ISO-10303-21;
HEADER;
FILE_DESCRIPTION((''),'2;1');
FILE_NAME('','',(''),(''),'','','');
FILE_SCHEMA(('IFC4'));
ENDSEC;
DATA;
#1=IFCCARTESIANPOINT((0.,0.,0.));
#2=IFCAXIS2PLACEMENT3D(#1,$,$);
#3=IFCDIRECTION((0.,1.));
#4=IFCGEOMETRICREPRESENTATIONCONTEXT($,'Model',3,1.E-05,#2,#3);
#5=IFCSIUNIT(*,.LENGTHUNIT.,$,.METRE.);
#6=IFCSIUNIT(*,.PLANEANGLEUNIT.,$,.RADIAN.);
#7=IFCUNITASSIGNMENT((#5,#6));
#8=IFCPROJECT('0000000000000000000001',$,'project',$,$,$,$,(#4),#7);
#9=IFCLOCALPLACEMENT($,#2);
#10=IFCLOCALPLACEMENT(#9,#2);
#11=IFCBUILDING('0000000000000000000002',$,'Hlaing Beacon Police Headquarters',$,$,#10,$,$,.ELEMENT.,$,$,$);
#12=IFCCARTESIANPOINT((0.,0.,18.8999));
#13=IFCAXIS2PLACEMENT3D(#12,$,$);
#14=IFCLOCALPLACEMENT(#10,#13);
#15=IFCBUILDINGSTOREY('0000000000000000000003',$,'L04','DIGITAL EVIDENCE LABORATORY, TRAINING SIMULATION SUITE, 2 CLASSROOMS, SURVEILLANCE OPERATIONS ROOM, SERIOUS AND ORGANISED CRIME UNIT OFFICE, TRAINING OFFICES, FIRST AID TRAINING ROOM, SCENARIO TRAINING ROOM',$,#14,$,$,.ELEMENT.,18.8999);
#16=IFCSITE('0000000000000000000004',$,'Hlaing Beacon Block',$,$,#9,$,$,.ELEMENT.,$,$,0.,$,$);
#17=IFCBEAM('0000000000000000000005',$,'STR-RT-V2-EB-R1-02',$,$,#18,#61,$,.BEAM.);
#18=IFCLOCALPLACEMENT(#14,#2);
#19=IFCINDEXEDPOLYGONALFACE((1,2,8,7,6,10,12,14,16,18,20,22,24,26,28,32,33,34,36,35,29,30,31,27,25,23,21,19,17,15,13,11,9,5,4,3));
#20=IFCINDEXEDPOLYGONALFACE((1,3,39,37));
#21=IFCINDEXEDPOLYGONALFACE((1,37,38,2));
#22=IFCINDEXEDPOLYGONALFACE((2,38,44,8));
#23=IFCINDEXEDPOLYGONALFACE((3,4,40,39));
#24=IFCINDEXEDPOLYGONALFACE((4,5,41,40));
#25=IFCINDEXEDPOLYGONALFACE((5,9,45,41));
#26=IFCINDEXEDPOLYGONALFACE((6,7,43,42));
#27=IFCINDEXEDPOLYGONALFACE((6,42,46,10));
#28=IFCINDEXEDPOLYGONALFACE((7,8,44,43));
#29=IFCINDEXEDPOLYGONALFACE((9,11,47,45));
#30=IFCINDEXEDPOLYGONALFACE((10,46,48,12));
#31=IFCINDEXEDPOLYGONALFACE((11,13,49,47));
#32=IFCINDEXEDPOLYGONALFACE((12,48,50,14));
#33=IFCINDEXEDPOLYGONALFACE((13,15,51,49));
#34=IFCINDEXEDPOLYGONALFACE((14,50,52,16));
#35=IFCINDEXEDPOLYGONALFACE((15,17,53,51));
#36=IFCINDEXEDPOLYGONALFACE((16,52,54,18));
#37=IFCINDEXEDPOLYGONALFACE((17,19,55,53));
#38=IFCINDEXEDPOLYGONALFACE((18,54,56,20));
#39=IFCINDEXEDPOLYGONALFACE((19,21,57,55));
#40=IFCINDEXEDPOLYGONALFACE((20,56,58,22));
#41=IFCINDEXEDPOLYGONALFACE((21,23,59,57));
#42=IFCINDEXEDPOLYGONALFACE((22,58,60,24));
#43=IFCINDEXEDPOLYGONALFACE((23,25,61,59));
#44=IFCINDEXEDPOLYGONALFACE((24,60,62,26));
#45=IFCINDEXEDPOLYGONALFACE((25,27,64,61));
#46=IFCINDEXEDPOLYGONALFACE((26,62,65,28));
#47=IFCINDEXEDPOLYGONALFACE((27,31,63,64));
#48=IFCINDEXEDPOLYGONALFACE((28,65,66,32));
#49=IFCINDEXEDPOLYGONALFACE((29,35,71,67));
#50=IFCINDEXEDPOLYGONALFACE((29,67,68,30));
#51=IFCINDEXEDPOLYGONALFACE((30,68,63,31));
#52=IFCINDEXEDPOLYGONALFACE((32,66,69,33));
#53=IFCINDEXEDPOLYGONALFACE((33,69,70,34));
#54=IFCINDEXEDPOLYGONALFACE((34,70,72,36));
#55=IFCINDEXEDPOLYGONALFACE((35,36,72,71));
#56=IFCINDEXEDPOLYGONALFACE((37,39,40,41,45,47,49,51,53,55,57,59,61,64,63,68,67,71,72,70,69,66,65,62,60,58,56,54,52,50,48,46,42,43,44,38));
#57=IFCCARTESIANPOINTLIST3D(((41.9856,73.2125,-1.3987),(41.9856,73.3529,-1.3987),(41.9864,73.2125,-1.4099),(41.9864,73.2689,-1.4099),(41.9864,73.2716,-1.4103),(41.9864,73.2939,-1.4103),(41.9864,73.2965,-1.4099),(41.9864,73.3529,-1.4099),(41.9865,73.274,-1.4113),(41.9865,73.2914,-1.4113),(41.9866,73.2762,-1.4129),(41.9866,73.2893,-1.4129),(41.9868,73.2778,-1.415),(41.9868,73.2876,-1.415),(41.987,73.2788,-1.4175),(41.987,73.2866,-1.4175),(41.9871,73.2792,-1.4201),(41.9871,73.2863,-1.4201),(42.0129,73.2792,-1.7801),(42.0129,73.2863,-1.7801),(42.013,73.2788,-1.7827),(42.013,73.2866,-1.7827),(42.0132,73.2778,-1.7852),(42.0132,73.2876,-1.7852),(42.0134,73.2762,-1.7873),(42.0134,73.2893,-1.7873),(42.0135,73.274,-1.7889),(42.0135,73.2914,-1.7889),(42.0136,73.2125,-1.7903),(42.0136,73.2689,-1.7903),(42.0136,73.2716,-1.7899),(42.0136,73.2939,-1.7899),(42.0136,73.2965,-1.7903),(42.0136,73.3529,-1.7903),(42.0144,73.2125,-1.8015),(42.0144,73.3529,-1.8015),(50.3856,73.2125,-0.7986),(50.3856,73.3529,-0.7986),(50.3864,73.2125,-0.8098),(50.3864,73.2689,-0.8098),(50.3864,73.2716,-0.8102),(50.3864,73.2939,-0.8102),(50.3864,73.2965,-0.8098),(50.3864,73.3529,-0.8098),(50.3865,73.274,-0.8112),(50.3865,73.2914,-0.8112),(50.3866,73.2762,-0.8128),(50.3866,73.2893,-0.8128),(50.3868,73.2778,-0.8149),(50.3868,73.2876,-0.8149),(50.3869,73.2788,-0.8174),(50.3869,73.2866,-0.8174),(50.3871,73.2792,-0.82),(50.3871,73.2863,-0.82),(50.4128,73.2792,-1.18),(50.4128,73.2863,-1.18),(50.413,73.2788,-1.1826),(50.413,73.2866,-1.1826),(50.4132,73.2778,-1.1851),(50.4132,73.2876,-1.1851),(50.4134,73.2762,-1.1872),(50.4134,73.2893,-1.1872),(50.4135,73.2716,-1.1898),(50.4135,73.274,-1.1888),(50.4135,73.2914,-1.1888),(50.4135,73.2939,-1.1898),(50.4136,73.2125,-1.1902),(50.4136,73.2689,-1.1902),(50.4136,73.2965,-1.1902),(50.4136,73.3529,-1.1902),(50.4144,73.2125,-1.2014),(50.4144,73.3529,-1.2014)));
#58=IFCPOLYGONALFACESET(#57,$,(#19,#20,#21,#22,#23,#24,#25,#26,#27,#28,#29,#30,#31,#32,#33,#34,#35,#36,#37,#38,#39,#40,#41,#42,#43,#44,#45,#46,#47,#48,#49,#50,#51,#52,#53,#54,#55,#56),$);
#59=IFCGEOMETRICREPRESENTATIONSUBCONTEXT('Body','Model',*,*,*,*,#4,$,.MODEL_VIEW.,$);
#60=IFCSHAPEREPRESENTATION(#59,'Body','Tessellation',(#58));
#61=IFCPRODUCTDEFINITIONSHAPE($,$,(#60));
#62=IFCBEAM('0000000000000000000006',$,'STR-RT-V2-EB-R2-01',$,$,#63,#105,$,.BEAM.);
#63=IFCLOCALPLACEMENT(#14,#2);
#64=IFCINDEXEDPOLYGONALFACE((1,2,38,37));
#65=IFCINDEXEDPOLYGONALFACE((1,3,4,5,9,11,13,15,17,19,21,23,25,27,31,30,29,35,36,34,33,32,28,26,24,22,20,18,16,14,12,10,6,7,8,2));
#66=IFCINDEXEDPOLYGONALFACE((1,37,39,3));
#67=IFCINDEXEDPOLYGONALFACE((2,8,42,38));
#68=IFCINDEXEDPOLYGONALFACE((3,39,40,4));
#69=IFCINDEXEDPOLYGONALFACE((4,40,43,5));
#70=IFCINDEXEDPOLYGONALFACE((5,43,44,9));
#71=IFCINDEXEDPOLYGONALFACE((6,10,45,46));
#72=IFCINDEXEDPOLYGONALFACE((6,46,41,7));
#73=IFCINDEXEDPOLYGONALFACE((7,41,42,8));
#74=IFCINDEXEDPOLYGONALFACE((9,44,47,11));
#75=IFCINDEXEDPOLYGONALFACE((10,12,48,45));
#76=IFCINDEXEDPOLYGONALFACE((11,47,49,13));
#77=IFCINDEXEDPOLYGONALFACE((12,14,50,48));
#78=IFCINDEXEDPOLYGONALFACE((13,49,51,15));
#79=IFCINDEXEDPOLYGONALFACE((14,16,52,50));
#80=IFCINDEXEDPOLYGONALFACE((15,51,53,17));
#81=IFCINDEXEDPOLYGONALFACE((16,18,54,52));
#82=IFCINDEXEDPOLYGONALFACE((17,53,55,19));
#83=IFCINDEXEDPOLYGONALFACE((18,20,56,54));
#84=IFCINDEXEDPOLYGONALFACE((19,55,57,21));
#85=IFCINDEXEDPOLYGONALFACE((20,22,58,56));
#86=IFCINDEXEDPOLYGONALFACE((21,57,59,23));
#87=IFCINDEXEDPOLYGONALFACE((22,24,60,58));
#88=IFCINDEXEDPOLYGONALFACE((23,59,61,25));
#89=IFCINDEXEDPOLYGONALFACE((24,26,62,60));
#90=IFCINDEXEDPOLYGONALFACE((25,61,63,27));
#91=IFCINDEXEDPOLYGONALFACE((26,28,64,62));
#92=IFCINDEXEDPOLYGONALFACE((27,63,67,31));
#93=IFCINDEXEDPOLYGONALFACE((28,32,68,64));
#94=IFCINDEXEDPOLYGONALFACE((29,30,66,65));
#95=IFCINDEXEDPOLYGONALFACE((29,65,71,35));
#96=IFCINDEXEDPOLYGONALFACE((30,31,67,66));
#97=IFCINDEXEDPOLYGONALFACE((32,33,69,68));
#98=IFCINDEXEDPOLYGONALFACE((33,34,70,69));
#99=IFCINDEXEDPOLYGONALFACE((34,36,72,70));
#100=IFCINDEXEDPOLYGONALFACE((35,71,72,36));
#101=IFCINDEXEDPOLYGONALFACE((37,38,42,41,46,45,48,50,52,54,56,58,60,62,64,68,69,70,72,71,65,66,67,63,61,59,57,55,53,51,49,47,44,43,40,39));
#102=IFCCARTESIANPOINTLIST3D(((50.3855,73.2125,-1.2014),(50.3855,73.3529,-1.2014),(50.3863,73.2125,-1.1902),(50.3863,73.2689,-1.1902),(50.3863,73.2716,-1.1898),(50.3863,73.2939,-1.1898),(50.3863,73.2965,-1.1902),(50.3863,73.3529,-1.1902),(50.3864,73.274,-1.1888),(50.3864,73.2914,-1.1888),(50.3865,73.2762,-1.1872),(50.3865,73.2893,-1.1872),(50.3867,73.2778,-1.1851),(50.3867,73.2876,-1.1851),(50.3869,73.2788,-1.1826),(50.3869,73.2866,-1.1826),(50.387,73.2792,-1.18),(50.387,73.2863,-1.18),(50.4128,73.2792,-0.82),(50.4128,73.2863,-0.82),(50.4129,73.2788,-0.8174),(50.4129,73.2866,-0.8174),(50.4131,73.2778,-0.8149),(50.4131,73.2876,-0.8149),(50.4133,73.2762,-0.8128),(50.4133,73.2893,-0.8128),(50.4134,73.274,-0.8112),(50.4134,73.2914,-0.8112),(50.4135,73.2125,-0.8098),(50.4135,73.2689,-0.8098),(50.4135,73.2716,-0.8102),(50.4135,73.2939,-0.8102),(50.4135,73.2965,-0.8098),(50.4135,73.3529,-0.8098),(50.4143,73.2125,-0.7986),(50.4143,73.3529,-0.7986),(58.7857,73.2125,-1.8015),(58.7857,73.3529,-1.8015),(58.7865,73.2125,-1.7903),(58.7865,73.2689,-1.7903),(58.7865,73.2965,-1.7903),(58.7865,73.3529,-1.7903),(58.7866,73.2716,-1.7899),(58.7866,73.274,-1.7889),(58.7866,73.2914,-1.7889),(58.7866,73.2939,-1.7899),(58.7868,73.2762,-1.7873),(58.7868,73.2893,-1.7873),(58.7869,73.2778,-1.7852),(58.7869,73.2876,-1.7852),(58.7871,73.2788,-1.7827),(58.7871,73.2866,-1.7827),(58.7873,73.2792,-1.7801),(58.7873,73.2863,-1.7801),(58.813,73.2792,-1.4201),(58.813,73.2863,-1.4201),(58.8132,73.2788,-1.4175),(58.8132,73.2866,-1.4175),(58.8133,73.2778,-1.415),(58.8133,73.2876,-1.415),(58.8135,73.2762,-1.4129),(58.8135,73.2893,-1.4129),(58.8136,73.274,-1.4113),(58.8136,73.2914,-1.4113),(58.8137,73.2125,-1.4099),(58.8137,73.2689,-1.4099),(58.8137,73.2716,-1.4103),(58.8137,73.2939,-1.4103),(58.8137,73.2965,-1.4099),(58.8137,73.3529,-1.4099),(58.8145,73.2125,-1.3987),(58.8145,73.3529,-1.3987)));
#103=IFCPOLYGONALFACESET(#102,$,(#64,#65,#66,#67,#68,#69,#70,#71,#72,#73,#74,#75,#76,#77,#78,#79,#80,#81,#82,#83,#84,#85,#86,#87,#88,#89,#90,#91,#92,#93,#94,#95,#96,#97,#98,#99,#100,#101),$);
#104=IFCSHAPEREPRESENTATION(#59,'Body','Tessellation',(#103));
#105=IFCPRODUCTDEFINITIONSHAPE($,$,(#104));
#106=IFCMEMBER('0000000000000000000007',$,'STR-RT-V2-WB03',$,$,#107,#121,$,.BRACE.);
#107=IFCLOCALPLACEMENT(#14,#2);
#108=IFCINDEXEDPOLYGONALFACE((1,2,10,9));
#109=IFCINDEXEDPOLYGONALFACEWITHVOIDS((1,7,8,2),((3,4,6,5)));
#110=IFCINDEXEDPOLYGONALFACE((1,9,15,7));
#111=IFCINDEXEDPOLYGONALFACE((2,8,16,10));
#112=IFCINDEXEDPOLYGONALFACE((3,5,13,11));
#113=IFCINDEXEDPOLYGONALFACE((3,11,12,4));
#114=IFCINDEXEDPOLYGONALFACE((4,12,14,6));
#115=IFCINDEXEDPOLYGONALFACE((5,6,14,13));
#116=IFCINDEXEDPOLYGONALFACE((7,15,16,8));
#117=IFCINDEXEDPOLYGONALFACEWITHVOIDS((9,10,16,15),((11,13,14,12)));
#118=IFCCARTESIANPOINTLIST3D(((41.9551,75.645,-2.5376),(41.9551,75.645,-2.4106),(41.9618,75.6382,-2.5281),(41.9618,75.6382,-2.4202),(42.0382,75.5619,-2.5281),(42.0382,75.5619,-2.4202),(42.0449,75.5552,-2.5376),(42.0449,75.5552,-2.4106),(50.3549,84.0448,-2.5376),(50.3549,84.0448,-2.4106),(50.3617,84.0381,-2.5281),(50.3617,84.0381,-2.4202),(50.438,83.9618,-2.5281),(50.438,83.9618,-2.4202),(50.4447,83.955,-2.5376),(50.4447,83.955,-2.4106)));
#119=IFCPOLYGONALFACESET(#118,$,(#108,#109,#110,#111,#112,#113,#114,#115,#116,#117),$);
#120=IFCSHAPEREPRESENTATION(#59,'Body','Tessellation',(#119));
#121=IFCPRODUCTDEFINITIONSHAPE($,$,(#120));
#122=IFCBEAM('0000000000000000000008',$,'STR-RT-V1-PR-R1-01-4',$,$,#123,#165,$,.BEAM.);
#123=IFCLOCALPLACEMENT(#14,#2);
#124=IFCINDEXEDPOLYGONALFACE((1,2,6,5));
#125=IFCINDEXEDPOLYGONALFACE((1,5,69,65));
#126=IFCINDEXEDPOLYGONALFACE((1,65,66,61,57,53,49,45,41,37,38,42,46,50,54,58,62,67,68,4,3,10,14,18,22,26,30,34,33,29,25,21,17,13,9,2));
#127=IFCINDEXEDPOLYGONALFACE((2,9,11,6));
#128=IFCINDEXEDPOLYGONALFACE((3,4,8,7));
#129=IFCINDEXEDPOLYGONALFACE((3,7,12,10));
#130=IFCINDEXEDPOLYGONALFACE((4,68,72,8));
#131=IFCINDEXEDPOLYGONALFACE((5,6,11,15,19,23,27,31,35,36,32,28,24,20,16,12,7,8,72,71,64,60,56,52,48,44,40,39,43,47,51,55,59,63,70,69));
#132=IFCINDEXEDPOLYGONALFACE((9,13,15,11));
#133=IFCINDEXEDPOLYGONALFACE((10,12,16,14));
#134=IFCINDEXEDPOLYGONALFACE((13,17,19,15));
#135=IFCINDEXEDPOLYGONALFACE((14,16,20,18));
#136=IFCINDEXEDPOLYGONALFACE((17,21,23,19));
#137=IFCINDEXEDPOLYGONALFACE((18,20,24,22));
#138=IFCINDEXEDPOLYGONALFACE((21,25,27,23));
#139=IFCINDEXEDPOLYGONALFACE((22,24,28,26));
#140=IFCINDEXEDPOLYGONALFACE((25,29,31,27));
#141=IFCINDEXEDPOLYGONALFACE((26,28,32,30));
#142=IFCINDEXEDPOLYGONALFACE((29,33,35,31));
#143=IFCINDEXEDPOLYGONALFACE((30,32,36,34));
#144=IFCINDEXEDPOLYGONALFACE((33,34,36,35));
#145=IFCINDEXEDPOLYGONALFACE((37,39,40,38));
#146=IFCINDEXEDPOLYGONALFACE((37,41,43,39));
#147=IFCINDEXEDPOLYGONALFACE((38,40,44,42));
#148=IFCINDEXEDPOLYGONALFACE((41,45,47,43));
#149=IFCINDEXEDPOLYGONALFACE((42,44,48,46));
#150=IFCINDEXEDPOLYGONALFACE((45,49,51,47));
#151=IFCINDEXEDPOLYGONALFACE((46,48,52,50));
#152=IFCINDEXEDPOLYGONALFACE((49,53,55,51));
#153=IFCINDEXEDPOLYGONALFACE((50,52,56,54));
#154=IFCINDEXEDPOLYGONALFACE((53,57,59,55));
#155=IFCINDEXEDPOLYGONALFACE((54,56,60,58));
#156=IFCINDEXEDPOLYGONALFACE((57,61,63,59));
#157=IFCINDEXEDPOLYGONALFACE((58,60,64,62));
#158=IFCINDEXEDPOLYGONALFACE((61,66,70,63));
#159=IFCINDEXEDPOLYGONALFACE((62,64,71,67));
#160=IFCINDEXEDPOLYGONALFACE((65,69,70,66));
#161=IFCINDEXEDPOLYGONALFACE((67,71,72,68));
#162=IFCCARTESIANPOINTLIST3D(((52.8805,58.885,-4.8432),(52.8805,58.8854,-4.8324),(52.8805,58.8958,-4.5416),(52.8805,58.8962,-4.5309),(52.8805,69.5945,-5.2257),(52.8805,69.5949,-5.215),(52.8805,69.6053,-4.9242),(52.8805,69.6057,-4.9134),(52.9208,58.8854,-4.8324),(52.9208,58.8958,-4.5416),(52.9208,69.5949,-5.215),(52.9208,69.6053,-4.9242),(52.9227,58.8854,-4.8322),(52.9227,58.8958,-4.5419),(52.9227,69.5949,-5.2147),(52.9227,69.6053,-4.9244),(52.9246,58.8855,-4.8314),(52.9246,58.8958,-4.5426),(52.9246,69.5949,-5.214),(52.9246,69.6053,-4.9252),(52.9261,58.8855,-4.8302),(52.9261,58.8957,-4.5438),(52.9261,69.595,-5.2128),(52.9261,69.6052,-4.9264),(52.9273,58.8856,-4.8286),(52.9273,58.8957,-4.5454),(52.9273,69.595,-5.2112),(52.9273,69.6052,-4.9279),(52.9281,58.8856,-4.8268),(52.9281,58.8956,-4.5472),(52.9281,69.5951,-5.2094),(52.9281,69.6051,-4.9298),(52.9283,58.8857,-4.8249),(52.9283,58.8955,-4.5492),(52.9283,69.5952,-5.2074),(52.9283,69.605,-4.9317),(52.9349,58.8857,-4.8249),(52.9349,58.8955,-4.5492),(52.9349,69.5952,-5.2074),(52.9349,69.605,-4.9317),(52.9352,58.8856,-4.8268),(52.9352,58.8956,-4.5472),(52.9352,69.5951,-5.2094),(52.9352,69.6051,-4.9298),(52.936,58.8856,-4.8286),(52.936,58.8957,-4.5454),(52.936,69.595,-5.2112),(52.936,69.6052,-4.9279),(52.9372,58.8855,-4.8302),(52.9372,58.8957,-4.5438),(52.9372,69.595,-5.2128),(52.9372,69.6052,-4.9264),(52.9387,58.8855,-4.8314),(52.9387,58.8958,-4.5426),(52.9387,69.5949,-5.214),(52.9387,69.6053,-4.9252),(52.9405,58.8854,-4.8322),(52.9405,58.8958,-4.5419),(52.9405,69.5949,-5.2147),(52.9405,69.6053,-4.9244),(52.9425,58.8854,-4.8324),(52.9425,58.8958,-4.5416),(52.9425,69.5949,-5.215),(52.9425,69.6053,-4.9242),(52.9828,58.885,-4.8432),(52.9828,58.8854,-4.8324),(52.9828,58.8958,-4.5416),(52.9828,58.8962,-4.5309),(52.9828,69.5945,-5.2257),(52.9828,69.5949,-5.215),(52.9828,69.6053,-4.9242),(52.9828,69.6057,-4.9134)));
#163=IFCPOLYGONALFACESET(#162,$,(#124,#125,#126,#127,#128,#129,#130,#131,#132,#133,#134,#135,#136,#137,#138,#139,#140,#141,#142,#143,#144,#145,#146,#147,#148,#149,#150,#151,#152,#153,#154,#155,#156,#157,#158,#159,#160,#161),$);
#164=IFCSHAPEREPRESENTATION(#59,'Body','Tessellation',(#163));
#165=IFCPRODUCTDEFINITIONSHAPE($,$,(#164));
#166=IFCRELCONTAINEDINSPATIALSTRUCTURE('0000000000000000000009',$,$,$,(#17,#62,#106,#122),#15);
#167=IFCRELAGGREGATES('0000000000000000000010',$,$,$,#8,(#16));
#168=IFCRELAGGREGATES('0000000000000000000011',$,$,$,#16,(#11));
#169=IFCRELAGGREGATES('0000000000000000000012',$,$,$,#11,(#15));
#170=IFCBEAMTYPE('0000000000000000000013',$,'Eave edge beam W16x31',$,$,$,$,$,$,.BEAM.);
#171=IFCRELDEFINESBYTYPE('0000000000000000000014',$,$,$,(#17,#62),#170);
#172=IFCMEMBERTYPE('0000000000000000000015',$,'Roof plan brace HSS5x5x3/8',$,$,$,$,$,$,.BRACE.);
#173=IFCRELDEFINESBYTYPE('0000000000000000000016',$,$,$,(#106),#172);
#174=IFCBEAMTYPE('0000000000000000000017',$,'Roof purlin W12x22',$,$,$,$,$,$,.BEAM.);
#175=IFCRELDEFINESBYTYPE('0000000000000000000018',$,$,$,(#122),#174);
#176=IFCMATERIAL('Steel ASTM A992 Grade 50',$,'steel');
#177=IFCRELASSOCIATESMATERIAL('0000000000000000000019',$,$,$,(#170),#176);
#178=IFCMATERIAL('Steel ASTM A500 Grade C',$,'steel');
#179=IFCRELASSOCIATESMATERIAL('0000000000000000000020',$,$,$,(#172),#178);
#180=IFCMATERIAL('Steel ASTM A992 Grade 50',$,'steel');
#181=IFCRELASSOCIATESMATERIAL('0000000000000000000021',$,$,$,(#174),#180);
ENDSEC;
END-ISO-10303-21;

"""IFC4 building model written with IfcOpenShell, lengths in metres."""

from ifc_helpers import new_model, si_unit, direction, frame, origin, origin_2d, place, context, subcontext, project, spatial, hollow_rectangle, i_section, extrude, material, material_profile, profile_set, type_object, element, save


model = new_model("IFC4")

# Units and contexts
model_context = context("Model", 3, precision=1e-05, world=origin(), true_north=direction((0.0, 1.0)))
body_context = subcontext(model_context, "Body", "Model", "MODEL_VIEW")
ifc_project = project(units=[si_unit("LENGTHUNIT", "METRE"), si_unit("PLANEANGLEUNIT", "RADIAN")], contexts=[model_context])

# Site, building, storey
site_placement = place(None, origin())
site = spatial("IfcSite", under=ifc_project, at=site_placement, Name="Hlaing Beacon Block", CompositionType="ELEMENT", RefElevation=0.0)
building_placement = place(site_placement, origin())
building = spatial("IfcBuilding", under=site, at=building_placement, Name="Hlaing Beacon Police Headquarters", CompositionType="ELEMENT")
storey_placement = place(building_placement, frame((0.0, 0.0, 18.8999)))
storey = spatial("IfcBuildingStorey", under=building, at=storey_placement, Name="L04", Description="DIGITAL EVIDENCE LABORATORY, TRAINING SIMULATION SUITE, 2 CLASSROOMS, SURVEILLANCE OPERATIONS ROOM, SERIOUS AND ORGANISED CRIME UNIT OFFICE, TRAINING OFFICES, FIRST AID TRAINING ROOM, SCENARIO TRAINING ROOM", CompositionType="ELEMENT", Elevation=18.8999)

# Beams
ifc_material_1 = material(Name="Steel ASTM A992 Grade 50", Category="steel")
ifc_material_profile_1 = material_profile(ifc_material_1, i_section(OverallWidth=0.1404, OverallDepth=0.4038, WebThickness=0.0071, FlangeThickness=0.0112, FilletRadius=0.0103, at=origin_2d()), Name="W16x31")
ifc_profile_set_1 = profile_set([ifc_material_profile_1], Name="Steel ASTM A992 Grade 50")
beam_type_1 = type_object("IfcBeamType", Name="Eave edge beam W16x31", PredefinedType="BEAM", material=ifc_profile_set_1)
beam_1_placement = place(storey_placement, frame((42.0, 73.2827, -1.6001), z_axis=(0.997458, 0.0, 0.071259), x_axis=(0.0, 1.0, 0.0)))
element("IfcBeam", 1, at=beam_1_placement, inside=storey, type_object=beam_type_1, Name="STR-RT-V2-EB-R1-02", PredefinedType="BEAM", context=body_context, shape_type="SweptSolid", body=[
    extrude(i_section(OverallWidth=0.1404, OverallDepth=0.4038, WebThickness=0.0071, FlangeThickness=0.0112, FilletRadius=0.0103, at=origin_2d()), origin(), (0.0, 0.0, 1.0), 8.4214),
])
beam_2_placement = place(storey_placement, frame((50.3999, 73.2827, -1.0), z_axis=(0.997458, 0.0, -0.071257), x_axis=(0.0, 1.0, 0.0)))
element("IfcBeam", 2, at=beam_2_placement, inside=storey, type_object=beam_type_1, Name="STR-RT-V2-EB-R2-01", PredefinedType="BEAM", context=body_context, shape_type="SweptSolid", body=[
    extrude(i_section(OverallWidth=0.1404, OverallDepth=0.4038, WebThickness=0.0071, FlangeThickness=0.0112, FilletRadius=0.0103, at=origin_2d()), origin(), (0.0, 0.0, 1.0), 8.4216),
])

# Member
ifc_material_2 = material(Name="Steel ASTM A500 Grade C", Category="steel")
ifc_material_profile_2 = material_profile(ifc_material_2, hollow_rectangle(XDim=0.127, YDim=0.127, WallThickness=0.0095, at=origin_2d()), Name="HSS5x5x3/8")
ifc_profile_set_2 = profile_set([ifc_material_profile_2], Name="Steel ASTM A500 Grade C")
member_type_1 = type_object("IfcMemberType", Name="Roof plan brace HSS5x5x3/8", PredefinedType="BRACE", material=ifc_profile_set_2)
member_1_placement = place(storey_placement, frame((42.0, 75.6001, -2.4741), z_axis=(0.707107, 0.707107, 0.0), x_axis=(-0.707107, 0.707107, 0.0)))
element("IfcMember", 3, at=member_1_placement, inside=storey, type_object=member_type_1, Name="STR-RT-V2-WB03", PredefinedType="BRACE", context=body_context, shape_type="SweptSolid", body=[
    extrude(hollow_rectangle(XDim=0.127, YDim=0.127, WallThickness=0.0095, at=origin_2d()), origin(), (0.0, 0.0, 1.0), 11.8792),
])

# Beam
ifc_material_3 = material(Name="Steel ASTM A992 Grade 50", Category="steel")
ifc_material_profile_3 = material_profile(ifc_material_3, i_section(OverallWidth=0.1023, OverallDepth=0.3125, WebThickness=0.0066, FlangeThickness=0.0107, FilletRadius=0.0076, at=origin_2d()), Name="W12x22")
ifc_profile_set_3 = profile_set([ifc_material_profile_3], Name="Steel ASTM A992 Grade 50")
beam_type_2 = type_object("IfcBeamType", Name="Roof purlin W12x22", PredefinedType="BEAM", material=ifc_profile_set_3)
beam_3_placement = place(storey_placement, frame((52.9316, 58.8906, -4.687), z_axis=(0.0, 0.999363, -0.0357), x_axis=(-1.0, 0.0, 0.0)))
element("IfcBeam", 4, at=beam_3_placement, inside=storey, type_object=beam_type_2, Name="STR-RT-V1-PR-R1-01-4", PredefinedType="BEAM", context=body_context, shape_type="SweptSolid", body=[
    extrude(i_section(OverallWidth=0.1023, OverallDepth=0.3125, WebThickness=0.0066, FlangeThickness=0.0107, FilletRadius=0.0076, at=origin_2d()), origin(), (0.0, 0.0, 1.0), 10.7163),
])

save(model, "model.ifc")
